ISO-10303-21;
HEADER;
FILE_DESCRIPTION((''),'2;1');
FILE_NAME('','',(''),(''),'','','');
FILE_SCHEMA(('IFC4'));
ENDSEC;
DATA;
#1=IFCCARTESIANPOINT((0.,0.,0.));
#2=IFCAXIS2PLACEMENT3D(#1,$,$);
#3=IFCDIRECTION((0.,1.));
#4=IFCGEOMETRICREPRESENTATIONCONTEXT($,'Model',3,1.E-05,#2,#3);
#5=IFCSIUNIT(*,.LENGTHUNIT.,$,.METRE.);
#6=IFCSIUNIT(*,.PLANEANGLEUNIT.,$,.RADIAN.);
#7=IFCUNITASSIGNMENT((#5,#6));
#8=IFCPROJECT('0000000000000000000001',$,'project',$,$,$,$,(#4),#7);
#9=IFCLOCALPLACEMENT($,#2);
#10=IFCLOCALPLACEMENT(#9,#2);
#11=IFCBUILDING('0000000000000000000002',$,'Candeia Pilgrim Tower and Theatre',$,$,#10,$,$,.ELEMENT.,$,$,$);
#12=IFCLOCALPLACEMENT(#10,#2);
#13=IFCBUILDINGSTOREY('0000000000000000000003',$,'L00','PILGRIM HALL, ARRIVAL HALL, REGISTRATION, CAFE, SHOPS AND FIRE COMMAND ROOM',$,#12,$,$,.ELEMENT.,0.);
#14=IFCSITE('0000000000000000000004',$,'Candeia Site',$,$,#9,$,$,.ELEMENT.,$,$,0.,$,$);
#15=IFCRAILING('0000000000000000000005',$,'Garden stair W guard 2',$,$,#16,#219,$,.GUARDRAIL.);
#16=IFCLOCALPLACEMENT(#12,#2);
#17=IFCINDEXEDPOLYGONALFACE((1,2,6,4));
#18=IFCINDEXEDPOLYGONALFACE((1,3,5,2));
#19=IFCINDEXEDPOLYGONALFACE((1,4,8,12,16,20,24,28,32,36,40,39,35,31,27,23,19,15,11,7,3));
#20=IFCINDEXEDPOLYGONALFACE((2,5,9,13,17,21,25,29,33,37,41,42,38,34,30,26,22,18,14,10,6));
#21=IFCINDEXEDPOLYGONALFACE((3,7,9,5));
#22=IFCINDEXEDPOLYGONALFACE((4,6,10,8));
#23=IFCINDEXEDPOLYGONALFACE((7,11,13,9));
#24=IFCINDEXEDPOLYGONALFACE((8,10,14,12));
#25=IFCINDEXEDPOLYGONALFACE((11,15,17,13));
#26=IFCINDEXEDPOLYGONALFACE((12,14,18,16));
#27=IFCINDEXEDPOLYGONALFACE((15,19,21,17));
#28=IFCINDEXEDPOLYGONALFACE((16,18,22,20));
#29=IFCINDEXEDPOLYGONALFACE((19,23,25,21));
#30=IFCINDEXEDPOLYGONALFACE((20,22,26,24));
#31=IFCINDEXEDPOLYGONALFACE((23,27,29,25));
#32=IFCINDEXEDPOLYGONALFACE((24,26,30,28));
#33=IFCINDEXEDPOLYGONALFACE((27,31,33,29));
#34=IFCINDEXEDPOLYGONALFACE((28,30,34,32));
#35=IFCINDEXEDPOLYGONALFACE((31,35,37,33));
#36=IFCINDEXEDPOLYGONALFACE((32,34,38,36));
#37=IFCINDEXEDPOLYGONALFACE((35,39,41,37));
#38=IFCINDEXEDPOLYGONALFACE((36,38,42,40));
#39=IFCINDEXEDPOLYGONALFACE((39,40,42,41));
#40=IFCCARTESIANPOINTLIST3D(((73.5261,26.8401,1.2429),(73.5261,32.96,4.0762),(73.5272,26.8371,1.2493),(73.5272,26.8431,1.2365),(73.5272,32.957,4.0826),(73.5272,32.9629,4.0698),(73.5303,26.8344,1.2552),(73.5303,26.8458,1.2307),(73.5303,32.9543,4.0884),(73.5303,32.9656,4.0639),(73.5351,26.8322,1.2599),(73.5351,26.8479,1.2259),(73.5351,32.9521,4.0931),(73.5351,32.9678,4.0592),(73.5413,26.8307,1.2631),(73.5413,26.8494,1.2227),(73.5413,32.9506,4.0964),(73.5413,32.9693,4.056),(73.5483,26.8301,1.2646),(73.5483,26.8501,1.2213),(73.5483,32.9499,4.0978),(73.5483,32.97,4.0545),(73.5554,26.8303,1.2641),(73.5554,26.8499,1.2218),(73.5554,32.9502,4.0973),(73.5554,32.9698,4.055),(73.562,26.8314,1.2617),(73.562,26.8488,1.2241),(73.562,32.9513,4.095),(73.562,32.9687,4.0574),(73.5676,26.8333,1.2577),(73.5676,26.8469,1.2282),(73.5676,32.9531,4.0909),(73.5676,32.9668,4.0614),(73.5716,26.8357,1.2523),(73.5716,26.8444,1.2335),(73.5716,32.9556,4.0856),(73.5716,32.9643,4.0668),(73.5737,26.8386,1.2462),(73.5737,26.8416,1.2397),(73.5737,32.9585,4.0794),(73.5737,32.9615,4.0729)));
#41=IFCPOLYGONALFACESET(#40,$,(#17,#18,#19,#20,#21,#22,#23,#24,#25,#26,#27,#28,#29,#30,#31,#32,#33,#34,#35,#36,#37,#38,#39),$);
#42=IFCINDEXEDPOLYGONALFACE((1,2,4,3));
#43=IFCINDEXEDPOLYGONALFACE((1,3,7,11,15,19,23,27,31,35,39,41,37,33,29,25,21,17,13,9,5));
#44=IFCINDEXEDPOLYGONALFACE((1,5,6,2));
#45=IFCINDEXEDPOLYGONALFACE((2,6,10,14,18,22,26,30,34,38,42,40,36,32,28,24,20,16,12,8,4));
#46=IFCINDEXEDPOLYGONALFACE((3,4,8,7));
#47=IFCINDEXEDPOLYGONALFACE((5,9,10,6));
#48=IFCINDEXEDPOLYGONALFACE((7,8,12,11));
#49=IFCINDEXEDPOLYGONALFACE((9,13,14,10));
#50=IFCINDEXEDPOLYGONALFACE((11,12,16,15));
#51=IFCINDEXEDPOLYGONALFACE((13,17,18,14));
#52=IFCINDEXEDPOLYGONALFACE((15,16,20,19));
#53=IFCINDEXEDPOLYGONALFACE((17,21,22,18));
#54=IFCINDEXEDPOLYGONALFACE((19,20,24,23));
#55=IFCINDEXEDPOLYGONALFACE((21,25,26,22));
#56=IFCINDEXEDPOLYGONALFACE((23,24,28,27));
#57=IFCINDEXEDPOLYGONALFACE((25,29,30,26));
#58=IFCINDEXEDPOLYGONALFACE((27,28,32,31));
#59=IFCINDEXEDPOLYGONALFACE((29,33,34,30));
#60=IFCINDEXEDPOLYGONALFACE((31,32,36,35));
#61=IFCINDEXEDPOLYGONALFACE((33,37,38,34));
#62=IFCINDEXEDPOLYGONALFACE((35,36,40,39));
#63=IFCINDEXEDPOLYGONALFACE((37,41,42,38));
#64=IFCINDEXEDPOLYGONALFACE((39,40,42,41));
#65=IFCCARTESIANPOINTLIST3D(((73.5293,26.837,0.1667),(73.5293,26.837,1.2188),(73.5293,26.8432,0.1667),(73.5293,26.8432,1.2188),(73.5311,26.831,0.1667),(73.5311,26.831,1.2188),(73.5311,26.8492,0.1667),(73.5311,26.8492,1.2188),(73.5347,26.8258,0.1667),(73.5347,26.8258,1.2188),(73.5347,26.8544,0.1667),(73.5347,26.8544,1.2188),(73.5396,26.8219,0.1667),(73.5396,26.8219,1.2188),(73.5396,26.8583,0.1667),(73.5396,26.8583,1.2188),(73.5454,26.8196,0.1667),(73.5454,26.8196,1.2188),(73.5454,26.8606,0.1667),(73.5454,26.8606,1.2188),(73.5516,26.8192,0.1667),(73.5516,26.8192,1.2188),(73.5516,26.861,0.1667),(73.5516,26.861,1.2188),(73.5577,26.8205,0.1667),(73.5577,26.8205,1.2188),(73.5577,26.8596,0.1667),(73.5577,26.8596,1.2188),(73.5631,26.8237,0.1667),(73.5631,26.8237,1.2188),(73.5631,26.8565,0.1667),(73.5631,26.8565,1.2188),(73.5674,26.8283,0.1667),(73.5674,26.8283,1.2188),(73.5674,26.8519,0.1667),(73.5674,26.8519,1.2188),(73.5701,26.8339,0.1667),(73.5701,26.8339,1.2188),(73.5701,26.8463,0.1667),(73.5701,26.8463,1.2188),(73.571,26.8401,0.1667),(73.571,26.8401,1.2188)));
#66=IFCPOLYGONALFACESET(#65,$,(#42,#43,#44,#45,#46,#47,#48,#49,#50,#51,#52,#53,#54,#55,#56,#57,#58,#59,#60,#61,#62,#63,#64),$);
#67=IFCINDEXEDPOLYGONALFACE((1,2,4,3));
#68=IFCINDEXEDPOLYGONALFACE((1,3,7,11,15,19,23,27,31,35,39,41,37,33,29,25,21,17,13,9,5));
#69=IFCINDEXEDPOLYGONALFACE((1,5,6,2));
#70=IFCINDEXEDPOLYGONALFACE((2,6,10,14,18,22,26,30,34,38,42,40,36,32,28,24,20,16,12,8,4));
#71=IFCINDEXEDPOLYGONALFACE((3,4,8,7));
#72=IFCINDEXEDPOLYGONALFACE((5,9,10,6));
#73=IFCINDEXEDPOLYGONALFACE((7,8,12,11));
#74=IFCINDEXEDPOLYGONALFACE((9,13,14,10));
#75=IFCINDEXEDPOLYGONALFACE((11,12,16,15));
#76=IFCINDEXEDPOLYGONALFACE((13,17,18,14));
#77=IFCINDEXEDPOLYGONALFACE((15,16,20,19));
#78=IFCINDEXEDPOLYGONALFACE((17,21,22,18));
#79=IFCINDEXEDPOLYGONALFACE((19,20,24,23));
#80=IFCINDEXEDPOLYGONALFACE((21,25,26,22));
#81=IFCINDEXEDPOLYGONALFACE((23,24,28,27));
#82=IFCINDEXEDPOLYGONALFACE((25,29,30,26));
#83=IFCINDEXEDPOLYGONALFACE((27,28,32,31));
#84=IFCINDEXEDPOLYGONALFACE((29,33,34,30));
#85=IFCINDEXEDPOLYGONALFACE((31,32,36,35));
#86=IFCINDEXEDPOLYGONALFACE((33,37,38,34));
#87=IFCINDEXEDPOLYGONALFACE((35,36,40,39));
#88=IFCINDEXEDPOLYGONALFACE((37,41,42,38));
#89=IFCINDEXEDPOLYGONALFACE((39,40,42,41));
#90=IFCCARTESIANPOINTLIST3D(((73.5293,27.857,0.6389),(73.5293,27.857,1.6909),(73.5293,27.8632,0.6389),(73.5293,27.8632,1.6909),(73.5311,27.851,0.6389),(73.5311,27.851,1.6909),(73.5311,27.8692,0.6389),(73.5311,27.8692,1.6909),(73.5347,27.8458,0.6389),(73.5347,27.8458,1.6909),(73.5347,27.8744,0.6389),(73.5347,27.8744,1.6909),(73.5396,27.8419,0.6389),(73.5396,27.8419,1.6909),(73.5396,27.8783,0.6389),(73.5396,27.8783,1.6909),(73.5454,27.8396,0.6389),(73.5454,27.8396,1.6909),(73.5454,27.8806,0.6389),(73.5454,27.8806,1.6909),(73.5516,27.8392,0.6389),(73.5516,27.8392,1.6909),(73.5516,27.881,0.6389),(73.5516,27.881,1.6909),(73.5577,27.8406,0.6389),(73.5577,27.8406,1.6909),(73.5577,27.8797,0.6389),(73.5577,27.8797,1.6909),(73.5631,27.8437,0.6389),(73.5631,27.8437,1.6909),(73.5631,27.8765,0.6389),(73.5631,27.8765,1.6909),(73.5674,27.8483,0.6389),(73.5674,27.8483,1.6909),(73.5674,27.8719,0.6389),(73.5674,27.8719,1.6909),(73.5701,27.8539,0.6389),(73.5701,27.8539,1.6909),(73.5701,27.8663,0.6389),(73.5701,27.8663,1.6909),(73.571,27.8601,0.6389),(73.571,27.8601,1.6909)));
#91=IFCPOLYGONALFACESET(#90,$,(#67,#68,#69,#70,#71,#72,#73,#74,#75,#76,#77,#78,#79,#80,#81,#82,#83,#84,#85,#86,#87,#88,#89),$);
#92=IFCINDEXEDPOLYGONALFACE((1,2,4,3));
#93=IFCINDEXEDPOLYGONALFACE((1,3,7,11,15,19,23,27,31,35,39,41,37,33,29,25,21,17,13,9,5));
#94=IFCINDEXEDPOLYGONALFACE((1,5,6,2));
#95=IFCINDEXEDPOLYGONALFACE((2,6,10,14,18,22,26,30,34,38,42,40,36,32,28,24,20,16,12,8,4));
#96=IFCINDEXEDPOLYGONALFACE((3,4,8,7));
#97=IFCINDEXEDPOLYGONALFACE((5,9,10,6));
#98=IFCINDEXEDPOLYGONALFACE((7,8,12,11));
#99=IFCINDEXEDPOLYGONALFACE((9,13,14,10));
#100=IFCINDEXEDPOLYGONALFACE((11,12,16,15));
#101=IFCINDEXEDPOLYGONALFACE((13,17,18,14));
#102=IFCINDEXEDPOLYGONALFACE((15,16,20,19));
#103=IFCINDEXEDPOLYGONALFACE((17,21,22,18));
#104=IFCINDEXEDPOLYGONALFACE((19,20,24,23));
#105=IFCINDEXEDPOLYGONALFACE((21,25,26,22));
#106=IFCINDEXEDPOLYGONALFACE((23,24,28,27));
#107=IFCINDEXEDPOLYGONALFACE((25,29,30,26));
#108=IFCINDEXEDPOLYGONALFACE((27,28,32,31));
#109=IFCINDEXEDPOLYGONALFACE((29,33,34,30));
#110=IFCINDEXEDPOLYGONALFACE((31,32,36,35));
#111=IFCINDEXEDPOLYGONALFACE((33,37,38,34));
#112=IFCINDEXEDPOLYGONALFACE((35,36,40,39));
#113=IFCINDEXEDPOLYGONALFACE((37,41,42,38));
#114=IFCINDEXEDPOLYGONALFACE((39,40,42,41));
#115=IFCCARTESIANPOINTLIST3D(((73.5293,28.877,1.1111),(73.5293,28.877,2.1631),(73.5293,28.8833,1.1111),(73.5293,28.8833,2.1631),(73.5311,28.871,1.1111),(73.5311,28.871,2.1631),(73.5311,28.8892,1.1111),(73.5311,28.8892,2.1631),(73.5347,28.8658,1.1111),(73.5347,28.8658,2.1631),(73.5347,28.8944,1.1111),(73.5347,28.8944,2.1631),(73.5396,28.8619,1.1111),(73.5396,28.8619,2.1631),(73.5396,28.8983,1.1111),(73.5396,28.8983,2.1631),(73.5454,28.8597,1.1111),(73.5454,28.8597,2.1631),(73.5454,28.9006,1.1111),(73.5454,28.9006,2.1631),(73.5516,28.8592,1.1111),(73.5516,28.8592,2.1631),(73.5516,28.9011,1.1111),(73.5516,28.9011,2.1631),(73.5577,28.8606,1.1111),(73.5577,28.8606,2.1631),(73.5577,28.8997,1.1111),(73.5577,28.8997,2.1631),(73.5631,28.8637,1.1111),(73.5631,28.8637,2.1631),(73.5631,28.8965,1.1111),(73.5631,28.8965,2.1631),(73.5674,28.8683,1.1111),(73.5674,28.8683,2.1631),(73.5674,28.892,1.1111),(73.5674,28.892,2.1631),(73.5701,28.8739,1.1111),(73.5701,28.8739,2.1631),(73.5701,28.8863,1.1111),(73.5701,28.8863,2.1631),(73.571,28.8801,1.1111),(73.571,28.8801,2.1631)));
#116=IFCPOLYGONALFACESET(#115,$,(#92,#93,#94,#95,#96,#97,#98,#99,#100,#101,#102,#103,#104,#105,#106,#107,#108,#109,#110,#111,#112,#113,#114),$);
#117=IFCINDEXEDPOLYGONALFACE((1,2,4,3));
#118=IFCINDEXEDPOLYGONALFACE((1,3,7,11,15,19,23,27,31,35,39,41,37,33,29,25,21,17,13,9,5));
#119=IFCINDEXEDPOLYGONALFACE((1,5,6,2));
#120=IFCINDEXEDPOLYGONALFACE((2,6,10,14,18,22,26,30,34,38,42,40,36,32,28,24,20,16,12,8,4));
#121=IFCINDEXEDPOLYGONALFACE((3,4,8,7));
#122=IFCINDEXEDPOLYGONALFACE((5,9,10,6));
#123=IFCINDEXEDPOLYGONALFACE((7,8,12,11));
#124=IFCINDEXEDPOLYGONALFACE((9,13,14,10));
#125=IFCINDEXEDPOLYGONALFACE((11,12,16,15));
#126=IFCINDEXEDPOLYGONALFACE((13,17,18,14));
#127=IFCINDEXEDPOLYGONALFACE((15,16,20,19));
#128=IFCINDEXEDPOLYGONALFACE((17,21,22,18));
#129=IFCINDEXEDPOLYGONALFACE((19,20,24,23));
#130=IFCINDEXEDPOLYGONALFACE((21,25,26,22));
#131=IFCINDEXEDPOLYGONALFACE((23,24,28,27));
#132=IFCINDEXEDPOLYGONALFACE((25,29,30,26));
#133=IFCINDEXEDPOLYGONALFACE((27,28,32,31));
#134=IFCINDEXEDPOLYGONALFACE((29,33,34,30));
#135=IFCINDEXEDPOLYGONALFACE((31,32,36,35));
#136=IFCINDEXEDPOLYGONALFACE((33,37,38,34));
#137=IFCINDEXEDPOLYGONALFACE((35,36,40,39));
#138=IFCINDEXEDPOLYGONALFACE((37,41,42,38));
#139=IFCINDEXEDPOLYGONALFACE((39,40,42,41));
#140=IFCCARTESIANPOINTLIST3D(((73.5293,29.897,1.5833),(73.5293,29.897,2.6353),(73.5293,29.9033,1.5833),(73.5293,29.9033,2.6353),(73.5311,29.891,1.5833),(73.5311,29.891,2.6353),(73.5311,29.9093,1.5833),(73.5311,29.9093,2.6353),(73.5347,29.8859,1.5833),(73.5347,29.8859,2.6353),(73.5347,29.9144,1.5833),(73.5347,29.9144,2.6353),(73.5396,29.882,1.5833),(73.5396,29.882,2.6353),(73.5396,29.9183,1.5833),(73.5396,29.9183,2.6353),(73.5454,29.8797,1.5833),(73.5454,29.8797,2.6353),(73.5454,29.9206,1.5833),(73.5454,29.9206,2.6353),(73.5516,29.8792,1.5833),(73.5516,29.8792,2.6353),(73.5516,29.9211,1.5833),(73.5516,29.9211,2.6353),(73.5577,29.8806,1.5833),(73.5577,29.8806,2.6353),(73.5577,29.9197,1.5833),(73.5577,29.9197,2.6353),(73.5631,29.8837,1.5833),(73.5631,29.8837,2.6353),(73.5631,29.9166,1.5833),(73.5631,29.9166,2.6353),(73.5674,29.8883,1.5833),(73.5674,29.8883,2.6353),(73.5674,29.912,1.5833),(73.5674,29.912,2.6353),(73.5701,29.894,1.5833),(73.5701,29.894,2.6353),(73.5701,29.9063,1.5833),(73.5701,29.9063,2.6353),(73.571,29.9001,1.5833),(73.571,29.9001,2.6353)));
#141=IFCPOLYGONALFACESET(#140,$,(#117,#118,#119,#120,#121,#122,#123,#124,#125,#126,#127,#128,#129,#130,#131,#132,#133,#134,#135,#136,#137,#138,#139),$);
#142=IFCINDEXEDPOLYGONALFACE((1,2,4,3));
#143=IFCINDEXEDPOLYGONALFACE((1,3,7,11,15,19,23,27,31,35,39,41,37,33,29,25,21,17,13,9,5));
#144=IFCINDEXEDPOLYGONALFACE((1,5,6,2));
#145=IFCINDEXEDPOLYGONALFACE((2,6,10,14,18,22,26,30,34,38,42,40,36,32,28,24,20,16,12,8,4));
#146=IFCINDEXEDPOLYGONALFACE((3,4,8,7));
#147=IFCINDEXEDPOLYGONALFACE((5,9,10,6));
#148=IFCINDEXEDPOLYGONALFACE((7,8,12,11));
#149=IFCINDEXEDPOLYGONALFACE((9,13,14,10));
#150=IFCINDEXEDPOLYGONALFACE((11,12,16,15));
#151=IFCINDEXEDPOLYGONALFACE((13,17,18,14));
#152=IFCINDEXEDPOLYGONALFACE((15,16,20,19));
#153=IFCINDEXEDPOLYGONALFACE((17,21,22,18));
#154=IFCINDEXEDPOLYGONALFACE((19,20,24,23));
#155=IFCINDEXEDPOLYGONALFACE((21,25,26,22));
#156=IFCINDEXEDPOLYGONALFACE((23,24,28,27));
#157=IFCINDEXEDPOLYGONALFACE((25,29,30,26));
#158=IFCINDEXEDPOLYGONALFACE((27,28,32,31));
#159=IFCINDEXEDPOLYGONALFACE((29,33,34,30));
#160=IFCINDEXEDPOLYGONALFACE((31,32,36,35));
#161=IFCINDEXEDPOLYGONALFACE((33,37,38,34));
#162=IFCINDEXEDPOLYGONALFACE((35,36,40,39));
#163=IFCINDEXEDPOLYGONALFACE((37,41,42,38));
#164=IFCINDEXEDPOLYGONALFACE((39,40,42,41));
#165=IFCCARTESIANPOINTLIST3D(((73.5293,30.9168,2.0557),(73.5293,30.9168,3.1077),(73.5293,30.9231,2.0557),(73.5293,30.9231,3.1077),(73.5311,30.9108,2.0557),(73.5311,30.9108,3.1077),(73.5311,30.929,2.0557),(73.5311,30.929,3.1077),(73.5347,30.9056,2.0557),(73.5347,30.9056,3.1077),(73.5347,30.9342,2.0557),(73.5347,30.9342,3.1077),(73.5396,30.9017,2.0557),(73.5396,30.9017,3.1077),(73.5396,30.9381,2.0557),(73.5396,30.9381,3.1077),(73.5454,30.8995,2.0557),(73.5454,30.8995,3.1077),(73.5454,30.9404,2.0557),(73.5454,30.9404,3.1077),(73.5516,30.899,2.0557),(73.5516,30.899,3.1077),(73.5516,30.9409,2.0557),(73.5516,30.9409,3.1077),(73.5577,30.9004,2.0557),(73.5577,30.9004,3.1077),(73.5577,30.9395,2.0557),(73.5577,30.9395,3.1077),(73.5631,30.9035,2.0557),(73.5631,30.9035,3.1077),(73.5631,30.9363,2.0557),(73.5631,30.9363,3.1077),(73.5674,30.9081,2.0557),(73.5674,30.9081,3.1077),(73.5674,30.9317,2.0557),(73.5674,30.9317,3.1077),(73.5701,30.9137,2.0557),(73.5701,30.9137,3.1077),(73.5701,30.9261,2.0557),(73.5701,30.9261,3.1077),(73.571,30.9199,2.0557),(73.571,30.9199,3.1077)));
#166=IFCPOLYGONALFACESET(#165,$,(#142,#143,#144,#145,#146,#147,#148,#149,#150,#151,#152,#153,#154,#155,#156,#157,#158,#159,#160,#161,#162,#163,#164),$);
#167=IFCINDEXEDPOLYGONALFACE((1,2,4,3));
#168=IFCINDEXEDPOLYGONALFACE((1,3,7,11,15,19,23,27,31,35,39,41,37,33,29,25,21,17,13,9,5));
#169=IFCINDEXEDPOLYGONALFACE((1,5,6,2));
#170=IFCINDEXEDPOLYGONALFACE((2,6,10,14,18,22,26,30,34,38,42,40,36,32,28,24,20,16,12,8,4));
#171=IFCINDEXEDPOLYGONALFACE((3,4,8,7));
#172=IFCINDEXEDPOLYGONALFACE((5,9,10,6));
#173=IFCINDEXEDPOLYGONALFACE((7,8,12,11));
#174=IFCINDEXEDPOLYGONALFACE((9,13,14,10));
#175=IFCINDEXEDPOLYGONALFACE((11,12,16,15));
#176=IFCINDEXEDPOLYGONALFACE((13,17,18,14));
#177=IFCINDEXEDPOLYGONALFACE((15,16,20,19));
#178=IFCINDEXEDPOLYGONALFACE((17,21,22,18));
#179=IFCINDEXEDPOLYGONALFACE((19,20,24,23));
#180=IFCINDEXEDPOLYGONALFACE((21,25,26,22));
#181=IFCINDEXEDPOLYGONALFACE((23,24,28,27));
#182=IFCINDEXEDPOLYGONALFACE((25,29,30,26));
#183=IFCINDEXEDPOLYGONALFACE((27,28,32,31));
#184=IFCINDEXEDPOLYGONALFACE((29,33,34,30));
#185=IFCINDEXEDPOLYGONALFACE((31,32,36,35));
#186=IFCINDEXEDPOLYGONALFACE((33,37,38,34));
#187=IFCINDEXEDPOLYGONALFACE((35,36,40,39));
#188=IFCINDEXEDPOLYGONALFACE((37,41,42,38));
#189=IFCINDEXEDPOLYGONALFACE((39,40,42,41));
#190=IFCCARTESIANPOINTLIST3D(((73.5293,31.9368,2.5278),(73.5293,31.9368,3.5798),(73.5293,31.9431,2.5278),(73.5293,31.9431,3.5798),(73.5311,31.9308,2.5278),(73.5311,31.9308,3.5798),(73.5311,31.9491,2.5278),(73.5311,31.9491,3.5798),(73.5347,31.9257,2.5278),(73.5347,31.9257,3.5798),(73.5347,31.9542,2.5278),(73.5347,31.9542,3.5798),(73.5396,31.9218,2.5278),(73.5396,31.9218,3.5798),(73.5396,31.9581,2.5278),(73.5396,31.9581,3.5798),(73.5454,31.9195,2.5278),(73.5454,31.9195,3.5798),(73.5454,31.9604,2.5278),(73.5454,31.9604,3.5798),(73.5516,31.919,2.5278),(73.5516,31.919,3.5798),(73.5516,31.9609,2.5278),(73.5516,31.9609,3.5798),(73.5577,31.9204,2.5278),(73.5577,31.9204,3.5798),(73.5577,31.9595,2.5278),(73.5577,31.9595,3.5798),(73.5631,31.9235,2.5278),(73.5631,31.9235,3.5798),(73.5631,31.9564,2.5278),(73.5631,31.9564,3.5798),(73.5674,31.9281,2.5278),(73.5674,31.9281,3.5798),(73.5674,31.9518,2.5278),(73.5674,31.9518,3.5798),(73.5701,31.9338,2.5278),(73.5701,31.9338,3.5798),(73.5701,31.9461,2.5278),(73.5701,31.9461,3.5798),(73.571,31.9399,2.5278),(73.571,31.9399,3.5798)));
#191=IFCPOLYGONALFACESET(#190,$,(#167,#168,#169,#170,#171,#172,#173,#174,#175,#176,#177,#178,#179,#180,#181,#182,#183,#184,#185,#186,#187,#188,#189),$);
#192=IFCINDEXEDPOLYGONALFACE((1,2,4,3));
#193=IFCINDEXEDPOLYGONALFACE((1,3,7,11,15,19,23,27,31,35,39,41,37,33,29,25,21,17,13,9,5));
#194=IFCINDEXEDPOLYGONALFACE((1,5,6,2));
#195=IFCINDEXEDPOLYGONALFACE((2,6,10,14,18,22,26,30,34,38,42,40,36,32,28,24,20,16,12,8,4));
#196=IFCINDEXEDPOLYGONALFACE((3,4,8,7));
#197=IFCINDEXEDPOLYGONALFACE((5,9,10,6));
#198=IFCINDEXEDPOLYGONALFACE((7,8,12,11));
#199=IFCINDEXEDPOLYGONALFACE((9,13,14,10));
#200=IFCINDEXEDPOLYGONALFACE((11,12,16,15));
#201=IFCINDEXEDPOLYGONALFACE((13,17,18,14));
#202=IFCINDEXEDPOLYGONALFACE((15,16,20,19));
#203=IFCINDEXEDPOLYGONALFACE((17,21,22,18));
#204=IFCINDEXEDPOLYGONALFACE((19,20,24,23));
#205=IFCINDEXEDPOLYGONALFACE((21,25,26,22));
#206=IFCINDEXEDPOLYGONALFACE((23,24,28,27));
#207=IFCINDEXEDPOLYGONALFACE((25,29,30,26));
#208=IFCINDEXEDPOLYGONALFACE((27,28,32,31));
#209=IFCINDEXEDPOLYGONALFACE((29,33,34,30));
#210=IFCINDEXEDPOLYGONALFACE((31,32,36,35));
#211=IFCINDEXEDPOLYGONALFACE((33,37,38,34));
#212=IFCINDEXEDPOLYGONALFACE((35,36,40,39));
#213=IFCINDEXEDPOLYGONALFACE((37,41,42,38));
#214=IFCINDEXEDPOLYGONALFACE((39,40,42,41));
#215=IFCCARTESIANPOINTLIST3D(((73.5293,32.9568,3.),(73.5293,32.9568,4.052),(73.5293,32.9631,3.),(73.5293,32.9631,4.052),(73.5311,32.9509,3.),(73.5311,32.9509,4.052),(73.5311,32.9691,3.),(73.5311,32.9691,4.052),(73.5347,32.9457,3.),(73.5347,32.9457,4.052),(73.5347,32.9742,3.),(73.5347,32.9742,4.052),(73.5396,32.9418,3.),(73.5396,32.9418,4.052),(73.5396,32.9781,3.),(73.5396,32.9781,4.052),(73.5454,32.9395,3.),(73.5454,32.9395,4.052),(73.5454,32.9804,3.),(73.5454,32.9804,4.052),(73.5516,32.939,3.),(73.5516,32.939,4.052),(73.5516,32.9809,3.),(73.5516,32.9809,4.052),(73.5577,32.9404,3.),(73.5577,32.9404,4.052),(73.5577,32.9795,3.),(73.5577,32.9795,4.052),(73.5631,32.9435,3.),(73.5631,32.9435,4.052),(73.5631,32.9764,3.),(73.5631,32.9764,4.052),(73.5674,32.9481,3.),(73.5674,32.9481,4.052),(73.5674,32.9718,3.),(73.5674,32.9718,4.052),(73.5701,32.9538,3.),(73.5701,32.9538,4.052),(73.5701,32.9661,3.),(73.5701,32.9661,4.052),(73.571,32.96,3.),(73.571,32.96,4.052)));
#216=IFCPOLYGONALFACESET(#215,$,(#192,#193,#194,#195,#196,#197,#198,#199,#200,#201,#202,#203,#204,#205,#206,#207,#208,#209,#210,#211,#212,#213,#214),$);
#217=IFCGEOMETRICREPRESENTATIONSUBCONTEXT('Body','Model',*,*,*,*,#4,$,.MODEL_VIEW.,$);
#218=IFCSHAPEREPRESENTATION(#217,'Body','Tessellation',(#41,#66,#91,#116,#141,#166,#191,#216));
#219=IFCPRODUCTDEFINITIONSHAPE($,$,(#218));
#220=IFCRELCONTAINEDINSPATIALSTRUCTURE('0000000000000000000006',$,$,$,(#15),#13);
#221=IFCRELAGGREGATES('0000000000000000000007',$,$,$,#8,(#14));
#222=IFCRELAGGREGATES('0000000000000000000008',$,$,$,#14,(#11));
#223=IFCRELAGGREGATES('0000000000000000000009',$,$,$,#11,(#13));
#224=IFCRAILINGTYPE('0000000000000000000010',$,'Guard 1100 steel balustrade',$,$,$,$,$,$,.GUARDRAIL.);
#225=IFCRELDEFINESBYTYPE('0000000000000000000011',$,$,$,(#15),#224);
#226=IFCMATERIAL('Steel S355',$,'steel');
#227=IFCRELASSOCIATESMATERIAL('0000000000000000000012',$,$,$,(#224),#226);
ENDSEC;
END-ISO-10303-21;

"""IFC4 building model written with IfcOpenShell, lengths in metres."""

from ifc_helpers import new_model, si_unit, direction, frame, origin, origin_2d, place, context, subcontext, project, spatial, circle, extrude, material, type_object, element, save


model = new_model("IFC4")

# Units and contexts
model_context = context("Model", 3, precision=1e-05, world=origin(), true_north=direction((0.0, 1.0)))
body_context = subcontext(model_context, "Body", "Model", "MODEL_VIEW")
ifc_project = project(units=[si_unit("LENGTHUNIT", "METRE"), si_unit("PLANEANGLEUNIT", "RADIAN")], contexts=[model_context])

# Site, building, storey
site_placement = place(None, origin())
site = spatial("IfcSite", under=ifc_project, at=site_placement, Name="Candeia Site", CompositionType="ELEMENT", RefElevation=0.0)
building_placement = place(site_placement, origin())
building = spatial("IfcBuilding", under=site, at=building_placement, Name="Candeia Pilgrim Tower and Theatre", CompositionType="ELEMENT")
storey_placement = place(building_placement, origin())
storey = spatial("IfcBuildingStorey", under=building, at=storey_placement, Name="L00", Description="PILGRIM HALL, ARRIVAL HALL, REGISTRATION, CAFE, SHOPS AND FIRE COMMAND ROOM", CompositionType="ELEMENT", Elevation=0.0)

# Railing
ifc_material_1 = material(Name="Steel S355", Category="steel")
railing_type_1 = type_object("IfcRailingType", Name="Guard 1100 steel balustrade", PredefinedType="GUARDRAIL", material=ifc_material_1)
railing_1_placement = place(storey_placement, frame((73.55, 26.8401, 0.1667)))
element("IfcRailing", 1, at=railing_1_placement, inside=storey, type_object=railing_type_1, Name="Garden stair W guard 2", PredefinedType="GUARDRAIL", context=body_context, shape_type="SweptSolid", body=[
    extrude(circle(Radius=0.0239, at=origin_2d()), frame((0.0, 0.0, 1.0762), z_axis=(0.0, 0.907468, 0.420121), x_axis=(-1.0, 0.0, 0.0)), (0.0, 0.0, 1.0), 6.7439),
    extrude(circle(Radius=0.021, at=origin_2d()), origin(), (0.0, 0.0, 1.0), 1.052),
    extrude(circle(Radius=0.021, at=origin_2d()), frame((0.0, 1.02, 0.4722)), (0.0, 0.0, 1.0), 1.052),
    extrude(circle(Radius=0.021, at=origin_2d()), frame((0.0, 2.04, 0.9443)), (0.0, 0.0, 1.0), 1.052),
    extrude(circle(Radius=0.021, at=origin_2d()), frame((0.0, 3.0601, 1.4165)), (0.0, 0.0, 1.0), 1.052),
    extrude(circle(Radius=0.021, at=origin_2d()), frame((0.0, 4.0798, 1.8889)), (0.0, 0.0, 1.0), 1.052),
    extrude(circle(Radius=0.021, at=origin_2d()), frame((0.0, 5.0999, 2.3611)), (0.0, 0.0, 1.0), 1.052),
    extrude(circle(Radius=0.021, at=origin_2d()), frame((0.0, 6.1199, 2.8333)), (0.0, 0.0, 1.0), 1.052),
])

save(model, "model.ifc")
